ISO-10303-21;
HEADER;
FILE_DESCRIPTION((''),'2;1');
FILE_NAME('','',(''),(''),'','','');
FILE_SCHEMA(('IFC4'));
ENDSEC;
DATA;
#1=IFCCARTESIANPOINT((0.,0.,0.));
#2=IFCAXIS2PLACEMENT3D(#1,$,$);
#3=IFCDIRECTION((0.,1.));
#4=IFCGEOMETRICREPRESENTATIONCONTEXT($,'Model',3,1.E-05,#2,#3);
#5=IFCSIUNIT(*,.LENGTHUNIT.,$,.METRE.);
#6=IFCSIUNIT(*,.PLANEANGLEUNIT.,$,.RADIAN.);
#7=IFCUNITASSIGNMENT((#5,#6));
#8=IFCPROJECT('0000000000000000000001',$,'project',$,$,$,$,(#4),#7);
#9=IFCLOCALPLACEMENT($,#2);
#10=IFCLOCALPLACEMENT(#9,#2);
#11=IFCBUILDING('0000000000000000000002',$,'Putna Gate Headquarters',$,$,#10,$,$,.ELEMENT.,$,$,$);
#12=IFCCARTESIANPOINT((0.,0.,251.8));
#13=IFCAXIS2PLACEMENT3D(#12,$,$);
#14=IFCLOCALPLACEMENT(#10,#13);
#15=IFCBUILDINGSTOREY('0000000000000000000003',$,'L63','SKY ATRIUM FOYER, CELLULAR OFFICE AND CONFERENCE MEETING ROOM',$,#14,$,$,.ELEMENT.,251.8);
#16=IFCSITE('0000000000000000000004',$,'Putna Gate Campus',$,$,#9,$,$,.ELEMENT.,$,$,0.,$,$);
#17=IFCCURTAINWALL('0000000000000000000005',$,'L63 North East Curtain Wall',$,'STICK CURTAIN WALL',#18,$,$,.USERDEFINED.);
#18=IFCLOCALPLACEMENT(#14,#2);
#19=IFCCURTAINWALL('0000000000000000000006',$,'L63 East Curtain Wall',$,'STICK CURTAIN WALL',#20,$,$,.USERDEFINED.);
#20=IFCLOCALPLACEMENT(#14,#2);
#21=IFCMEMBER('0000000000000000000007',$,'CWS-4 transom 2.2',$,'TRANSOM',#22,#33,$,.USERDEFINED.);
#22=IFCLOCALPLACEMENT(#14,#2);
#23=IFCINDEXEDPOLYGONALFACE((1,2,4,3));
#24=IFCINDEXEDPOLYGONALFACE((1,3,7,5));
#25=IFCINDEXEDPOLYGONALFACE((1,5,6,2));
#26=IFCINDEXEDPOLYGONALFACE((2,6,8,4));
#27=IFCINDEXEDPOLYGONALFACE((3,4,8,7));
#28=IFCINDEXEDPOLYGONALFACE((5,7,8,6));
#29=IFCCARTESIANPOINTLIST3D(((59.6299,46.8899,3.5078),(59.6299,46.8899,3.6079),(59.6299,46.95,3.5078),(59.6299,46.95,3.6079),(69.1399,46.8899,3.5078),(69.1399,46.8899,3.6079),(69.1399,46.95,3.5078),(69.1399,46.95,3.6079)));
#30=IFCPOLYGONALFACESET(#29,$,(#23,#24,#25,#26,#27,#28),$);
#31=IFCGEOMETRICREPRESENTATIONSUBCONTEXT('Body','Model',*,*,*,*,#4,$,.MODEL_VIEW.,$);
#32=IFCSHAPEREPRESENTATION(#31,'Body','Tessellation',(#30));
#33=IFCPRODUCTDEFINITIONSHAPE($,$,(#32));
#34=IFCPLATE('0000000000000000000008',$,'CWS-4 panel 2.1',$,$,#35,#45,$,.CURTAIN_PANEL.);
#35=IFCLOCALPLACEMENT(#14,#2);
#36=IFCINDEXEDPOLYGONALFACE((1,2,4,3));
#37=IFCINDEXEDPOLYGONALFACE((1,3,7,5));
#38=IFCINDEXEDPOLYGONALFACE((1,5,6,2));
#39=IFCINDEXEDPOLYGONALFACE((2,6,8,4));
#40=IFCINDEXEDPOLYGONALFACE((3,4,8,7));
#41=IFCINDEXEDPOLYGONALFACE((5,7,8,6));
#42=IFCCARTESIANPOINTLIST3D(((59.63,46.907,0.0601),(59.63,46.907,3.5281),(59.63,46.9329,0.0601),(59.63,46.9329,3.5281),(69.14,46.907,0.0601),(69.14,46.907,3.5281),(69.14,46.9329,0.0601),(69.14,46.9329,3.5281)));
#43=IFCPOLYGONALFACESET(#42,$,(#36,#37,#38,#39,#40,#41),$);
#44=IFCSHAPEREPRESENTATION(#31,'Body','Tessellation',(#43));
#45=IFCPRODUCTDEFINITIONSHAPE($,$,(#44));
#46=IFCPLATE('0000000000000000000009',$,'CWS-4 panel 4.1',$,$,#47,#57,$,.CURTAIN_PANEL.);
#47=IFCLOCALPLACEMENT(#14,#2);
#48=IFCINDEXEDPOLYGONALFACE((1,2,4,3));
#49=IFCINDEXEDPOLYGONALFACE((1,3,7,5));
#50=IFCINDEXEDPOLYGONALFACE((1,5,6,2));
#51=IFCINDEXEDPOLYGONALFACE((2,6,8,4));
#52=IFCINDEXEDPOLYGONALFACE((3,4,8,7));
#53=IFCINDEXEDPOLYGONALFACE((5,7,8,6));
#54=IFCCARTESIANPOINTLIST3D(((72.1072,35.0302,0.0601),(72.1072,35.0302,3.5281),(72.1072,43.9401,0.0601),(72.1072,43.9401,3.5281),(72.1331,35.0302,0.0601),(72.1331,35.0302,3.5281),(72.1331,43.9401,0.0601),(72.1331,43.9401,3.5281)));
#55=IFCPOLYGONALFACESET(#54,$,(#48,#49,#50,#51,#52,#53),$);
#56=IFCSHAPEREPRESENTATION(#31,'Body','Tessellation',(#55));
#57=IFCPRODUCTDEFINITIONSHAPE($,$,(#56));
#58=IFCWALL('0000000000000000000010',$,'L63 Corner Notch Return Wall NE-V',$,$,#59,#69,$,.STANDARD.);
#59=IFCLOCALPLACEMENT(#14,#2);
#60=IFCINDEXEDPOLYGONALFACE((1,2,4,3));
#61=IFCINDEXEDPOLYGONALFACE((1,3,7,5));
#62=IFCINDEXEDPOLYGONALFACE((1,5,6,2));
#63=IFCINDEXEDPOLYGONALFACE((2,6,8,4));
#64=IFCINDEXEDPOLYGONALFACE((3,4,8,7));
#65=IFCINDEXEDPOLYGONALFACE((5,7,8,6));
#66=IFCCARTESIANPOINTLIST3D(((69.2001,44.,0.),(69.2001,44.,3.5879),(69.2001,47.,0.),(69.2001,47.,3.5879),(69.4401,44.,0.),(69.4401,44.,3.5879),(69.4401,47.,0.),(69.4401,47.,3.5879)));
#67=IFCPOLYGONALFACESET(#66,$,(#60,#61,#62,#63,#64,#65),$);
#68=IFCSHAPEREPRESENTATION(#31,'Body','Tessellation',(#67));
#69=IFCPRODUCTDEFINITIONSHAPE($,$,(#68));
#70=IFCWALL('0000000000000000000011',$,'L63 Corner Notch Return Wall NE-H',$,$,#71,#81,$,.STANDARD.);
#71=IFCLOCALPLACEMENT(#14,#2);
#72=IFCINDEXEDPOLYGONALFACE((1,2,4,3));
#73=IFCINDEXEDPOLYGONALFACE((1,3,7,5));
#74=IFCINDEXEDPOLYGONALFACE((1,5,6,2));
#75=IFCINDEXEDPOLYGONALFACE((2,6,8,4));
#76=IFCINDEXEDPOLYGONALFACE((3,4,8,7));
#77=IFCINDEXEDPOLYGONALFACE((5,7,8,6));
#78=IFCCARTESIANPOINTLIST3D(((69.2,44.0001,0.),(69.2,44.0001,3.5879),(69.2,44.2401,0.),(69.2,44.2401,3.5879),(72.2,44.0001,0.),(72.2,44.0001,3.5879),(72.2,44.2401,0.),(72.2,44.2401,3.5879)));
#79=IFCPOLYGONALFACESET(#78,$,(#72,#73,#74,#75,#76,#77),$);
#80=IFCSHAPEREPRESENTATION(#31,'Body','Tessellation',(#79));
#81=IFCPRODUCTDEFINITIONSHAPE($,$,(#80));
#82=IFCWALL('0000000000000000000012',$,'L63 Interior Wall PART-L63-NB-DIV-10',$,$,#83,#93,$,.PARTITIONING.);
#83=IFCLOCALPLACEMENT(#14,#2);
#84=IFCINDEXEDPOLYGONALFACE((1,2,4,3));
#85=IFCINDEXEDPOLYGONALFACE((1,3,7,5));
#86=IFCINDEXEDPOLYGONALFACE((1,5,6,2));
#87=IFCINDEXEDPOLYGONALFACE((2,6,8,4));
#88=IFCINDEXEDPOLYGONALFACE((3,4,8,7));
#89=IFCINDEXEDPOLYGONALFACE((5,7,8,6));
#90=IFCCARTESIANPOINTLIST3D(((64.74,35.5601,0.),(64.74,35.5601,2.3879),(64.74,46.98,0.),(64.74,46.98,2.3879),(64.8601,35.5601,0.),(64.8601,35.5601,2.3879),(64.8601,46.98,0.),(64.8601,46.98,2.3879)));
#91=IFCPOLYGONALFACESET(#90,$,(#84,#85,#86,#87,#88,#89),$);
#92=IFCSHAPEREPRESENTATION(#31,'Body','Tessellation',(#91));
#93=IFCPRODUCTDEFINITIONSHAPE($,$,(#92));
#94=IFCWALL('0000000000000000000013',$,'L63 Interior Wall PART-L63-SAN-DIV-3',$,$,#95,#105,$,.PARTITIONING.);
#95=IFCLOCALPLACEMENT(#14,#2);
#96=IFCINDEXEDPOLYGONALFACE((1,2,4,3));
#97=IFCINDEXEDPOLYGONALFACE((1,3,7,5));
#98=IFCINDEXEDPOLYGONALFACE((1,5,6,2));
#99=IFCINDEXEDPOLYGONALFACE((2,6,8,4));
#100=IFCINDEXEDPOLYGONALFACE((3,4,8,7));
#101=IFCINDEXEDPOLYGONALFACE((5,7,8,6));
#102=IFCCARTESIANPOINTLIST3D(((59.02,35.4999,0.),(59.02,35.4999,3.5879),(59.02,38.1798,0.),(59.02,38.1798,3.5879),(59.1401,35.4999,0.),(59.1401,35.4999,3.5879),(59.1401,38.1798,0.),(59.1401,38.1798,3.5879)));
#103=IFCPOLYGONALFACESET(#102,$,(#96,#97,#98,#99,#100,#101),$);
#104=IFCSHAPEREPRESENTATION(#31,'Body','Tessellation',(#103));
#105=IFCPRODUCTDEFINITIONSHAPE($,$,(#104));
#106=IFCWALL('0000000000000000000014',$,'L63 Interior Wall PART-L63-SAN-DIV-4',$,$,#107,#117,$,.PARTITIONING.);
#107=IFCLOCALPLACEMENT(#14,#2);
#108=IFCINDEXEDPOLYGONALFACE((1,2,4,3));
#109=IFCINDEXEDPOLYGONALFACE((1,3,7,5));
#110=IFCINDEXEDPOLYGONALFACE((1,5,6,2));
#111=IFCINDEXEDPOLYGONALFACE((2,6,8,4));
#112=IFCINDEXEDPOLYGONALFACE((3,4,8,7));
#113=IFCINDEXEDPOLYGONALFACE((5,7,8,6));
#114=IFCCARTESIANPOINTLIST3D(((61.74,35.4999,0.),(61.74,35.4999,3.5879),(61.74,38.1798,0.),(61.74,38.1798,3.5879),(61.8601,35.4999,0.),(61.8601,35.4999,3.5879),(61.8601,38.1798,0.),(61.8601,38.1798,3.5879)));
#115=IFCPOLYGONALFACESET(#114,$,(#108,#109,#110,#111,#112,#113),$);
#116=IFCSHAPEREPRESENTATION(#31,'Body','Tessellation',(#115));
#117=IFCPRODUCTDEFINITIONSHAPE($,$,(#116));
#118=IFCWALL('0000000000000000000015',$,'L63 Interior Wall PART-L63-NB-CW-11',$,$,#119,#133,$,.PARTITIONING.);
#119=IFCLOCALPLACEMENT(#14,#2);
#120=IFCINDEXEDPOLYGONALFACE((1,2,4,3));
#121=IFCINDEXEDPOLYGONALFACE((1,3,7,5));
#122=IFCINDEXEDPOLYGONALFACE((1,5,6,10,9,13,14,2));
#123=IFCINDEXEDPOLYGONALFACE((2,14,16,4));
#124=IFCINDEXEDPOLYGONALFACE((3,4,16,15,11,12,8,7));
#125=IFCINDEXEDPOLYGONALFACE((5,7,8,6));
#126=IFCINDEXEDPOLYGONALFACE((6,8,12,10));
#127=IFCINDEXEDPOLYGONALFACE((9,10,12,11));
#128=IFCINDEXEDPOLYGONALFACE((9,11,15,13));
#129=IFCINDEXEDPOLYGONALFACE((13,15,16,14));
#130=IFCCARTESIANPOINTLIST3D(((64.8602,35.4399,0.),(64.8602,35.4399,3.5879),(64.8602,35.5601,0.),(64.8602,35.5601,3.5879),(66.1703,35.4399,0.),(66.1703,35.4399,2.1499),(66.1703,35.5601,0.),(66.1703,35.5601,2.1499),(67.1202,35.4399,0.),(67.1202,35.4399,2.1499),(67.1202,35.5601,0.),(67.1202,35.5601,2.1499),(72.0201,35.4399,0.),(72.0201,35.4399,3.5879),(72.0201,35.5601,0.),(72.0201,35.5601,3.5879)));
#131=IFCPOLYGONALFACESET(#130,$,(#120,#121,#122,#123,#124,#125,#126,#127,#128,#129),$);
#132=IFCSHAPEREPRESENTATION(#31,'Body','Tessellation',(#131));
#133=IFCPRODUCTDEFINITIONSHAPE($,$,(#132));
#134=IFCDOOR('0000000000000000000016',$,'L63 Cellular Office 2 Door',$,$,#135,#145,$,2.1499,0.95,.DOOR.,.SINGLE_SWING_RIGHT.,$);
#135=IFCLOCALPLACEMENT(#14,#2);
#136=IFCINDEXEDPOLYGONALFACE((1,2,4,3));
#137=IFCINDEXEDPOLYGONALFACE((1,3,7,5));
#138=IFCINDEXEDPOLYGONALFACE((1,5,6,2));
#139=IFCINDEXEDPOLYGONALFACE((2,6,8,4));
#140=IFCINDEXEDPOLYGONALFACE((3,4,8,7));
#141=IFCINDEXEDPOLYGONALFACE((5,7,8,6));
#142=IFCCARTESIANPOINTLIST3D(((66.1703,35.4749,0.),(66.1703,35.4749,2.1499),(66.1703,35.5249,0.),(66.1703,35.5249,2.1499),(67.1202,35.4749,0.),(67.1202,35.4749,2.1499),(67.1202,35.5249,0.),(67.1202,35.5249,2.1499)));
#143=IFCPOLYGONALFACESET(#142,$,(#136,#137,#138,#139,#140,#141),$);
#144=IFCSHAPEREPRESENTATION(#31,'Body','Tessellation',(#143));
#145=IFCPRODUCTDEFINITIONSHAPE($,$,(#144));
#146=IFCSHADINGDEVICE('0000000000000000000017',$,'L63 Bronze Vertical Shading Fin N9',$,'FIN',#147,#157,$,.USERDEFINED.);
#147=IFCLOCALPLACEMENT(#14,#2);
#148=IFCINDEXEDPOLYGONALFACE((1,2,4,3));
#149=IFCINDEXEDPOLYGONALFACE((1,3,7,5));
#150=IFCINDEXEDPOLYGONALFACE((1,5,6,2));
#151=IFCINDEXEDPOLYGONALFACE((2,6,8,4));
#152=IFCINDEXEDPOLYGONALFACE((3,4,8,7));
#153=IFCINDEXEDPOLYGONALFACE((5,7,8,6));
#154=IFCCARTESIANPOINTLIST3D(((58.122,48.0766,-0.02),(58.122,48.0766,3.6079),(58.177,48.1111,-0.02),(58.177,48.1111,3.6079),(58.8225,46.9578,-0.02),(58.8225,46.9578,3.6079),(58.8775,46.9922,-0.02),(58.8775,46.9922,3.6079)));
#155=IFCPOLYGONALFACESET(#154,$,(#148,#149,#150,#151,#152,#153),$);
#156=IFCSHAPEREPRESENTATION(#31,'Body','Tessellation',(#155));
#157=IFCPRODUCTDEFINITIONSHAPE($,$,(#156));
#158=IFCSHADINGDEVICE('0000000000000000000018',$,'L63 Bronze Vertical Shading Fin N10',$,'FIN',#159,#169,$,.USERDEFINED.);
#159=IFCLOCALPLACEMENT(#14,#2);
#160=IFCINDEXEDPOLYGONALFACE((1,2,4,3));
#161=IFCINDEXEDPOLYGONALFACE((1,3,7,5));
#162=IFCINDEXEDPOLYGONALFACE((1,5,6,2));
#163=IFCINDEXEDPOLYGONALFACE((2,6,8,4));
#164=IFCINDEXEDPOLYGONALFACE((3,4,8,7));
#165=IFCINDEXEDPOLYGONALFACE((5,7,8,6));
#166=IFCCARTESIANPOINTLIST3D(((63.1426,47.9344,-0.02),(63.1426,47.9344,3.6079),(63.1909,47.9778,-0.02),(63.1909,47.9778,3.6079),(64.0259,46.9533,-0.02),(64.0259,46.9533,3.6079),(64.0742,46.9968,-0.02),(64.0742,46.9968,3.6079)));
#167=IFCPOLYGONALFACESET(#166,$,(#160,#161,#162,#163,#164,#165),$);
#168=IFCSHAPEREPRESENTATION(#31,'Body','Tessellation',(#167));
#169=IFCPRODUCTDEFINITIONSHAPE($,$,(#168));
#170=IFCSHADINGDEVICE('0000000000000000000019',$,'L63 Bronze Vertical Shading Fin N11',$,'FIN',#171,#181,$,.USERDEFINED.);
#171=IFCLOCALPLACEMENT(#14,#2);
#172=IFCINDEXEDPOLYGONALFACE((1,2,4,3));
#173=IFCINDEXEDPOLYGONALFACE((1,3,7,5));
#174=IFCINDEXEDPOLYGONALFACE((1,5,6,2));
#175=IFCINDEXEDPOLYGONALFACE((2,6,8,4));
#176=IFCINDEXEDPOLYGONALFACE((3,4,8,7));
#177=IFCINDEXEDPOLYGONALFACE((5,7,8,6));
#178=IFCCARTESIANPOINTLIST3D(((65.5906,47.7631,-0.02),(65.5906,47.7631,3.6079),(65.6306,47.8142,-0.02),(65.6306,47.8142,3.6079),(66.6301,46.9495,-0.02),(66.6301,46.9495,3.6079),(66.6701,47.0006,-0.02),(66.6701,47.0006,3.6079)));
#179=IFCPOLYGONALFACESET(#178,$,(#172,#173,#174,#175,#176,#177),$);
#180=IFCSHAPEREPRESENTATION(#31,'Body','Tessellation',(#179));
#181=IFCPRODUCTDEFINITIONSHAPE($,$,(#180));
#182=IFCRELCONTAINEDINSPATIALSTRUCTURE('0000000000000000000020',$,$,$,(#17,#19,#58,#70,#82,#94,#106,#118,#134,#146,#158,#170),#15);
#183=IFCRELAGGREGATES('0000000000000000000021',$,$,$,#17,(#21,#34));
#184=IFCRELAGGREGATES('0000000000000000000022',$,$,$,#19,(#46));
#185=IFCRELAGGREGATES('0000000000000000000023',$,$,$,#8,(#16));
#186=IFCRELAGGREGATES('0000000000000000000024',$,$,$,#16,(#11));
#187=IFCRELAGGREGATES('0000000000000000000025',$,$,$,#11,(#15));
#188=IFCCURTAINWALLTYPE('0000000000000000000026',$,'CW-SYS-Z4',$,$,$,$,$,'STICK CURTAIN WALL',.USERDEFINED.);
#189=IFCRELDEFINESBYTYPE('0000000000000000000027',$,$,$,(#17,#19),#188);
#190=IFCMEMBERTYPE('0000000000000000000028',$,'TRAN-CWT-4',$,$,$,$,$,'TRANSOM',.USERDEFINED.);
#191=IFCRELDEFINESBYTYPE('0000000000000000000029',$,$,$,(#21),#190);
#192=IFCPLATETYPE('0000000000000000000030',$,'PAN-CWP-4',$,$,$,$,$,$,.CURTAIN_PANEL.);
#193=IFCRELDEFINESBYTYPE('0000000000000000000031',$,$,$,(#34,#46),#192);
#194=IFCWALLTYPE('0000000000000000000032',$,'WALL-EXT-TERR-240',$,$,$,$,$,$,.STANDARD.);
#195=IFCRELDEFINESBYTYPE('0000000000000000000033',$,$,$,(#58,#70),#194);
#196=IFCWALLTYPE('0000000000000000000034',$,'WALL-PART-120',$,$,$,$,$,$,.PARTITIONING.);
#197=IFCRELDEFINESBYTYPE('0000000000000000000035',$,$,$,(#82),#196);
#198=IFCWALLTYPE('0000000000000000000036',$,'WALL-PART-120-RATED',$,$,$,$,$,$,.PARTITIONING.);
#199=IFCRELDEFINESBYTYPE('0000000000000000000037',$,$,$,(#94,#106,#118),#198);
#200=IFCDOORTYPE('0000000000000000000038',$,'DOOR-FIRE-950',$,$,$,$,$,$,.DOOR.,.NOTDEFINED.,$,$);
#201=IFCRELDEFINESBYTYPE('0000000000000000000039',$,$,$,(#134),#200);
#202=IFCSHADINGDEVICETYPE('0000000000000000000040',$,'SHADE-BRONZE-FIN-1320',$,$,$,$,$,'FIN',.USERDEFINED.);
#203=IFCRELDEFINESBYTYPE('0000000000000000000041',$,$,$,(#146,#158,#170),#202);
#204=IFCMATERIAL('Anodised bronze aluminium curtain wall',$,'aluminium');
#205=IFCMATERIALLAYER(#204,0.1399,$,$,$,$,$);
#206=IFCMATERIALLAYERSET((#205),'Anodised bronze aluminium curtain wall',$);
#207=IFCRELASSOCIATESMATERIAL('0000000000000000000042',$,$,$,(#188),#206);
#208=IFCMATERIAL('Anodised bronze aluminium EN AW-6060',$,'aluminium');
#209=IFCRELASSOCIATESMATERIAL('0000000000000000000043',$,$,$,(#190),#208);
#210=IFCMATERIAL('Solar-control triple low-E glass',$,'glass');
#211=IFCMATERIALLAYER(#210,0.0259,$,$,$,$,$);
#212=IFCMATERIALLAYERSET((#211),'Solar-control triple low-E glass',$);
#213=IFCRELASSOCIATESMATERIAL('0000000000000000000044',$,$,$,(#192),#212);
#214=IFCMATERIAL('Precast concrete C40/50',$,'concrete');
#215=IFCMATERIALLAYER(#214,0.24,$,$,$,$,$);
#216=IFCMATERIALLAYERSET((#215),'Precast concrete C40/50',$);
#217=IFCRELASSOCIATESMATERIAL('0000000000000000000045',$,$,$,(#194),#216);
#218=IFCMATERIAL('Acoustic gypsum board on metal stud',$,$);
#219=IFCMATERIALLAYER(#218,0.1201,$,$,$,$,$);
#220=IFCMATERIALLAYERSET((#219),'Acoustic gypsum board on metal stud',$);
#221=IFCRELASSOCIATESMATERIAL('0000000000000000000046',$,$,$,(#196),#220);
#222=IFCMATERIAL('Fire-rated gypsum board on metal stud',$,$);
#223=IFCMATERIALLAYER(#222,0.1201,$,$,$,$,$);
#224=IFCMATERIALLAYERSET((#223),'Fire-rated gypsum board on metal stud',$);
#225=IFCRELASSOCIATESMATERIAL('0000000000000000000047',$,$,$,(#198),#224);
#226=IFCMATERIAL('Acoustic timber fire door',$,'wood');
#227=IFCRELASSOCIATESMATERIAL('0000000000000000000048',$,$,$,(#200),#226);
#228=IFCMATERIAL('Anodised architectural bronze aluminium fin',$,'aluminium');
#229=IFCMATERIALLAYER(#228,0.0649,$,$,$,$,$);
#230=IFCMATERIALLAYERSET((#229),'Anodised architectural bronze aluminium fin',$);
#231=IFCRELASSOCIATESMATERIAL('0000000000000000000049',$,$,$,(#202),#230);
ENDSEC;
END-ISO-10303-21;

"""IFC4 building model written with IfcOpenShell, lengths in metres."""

from ifc_helpers import new_model, si_unit, direction, frame, frame_2d, origin, origin_2d, place, context, subcontext, project, spatial, rectangle, extrude, material, layer, layer_set, material_profile, profile_set, type_object, element, fill, aggregate, save


model = new_model("IFC4")

# Units and contexts
model_context = context("Model", 3, precision=1e-05, world=origin(), true_north=direction((0.0, 1.0)))
body_context = subcontext(model_context, "Body", "Model", "MODEL_VIEW")
ifc_project = project(units=[si_unit("LENGTHUNIT", "METRE"), si_unit("PLANEANGLEUNIT", "RADIAN")], contexts=[model_context])

# Site, building, storey
site_placement = place(None, origin())
site = spatial("IfcSite", under=ifc_project, at=site_placement, Name="Putna Gate Campus", CompositionType="ELEMENT", RefElevation=0.0)
building_placement = place(site_placement, origin())
building = spatial("IfcBuilding", under=site, at=building_placement, Name="Putna Gate Headquarters", CompositionType="ELEMENT")
storey_placement = place(building_placement, frame((0.0, 0.0, 251.8)))
storey = spatial("IfcBuildingStorey", under=building, at=storey_placement, Name="L63", Description="SKY ATRIUM FOYER, CELLULAR OFFICE AND CONFERENCE MEETING ROOM", CompositionType="ELEMENT", Elevation=251.8)

# Curtain wall
ifc_material_1 = material(Name="Anodised bronze aluminium curtain wall", Category="aluminium")
ifc_layer_1 = layer(ifc_material_1, 0.1399)
ifc_layer_set_1 = layer_set([ifc_layer_1], Name="Anodised bronze aluminium curtain wall")
curtain_wall_type = type_object("IfcCurtainWallType", Name="CW-SYS-Z4", ElementType="STICK CURTAIN WALL", PredefinedType="USERDEFINED", material=ifc_layer_set_1)
curtain_wall_1_placement = place(storey_placement, origin())
curtain_wall_1 = element("IfcCurtainWall", 1, at=curtain_wall_1_placement, inside=storey, type_object=curtain_wall_type, Name="L63 North East Curtain Wall", ObjectType="STICK CURTAIN WALL", PredefinedType="USERDEFINED")
ifc_material_2 = material(Name="Anodised bronze aluminium EN AW-6060", Category="aluminium")

# Curtain wall
curtain_wall_2_placement = place(storey_placement, origin())
curtain_wall_2 = element("IfcCurtainWall", 2, at=curtain_wall_2_placement, inside=storey, type_object=curtain_wall_type, Name="L63 East Curtain Wall", ObjectType="STICK CURTAIN WALL", PredefinedType="USERDEFINED")

# Member
ifc_material_profile_1 = material_profile(ifc_material_2, rectangle(XDim=0.0601, YDim=0.1001, at=origin_2d()), Name="Anodised bronze aluminium EN AW-6060")
ifc_profile_set_1 = profile_set([ifc_material_profile_1], Name="Anodised bronze aluminium EN AW-6060")
member_type_1 = type_object("IfcMemberType", Name="TRAN-CWT-4", ElementType="TRANSOM", PredefinedType="USERDEFINED", material=ifc_profile_set_1)
member_1_placement = place(storey_placement, frame((59.6299, 46.9199, 3.5579), z_axis=(1.0, 0.0, 0.0), x_axis=(0.0, 1.0, 0.0)))
member_1 = element("IfcMember", 3, at=member_1_placement, type_object=member_type_1, Name="CWS-4 transom 2.2", ObjectType="TRANSOM", PredefinedType="USERDEFINED", context=body_context, shape_type="SweptSolid", body=[
    extrude(rectangle(XDim=0.0601, YDim=0.1001, at=origin_2d()), origin(), (0.0, 0.0, 1.0), 9.51),
])

# Plates
ifc_material_3 = material(Name="Solar-control triple low-E glass", Category="glass")
ifc_layer_2 = layer(ifc_material_3, 0.0259)
ifc_layer_set_2 = layer_set([ifc_layer_2], Name="Solar-control triple low-E glass")
plate_type = type_object("IfcPlateType", Name="PAN-CWP-4", PredefinedType="CURTAIN_PANEL", material=ifc_layer_set_2)
plate_1_placement = place(storey_placement, frame((64.385, 46.9199, 0.0601), z_axis=(0.0, 0.0, 1.0), x_axis=(1.0, 0.0, 0.0)))
plate_1 = element("IfcPlate", 4, at=plate_1_placement, type_object=plate_type, Name="CWS-4 panel 2.1", PredefinedType="CURTAIN_PANEL", context=body_context, shape_type="SweptSolid", body=[
    extrude(rectangle(XDim=9.51, YDim=0.0259, at=origin_2d()), origin(), (0.0, 0.0, 1.0), 3.468),
])
aggregate(curtain_wall_1, [member_1, plate_1])
plate_2_placement = place(storey_placement, frame((72.1201, 39.4851, 0.0601), z_axis=(0.0, 0.0, 1.0), x_axis=(0.0, 1.0, 0.0)))
plate_2 = element("IfcPlate", 5, at=plate_2_placement, type_object=plate_type, Name="CWS-4 panel 4.1", PredefinedType="CURTAIN_PANEL", context=body_context, shape_type="SweptSolid", body=[
    extrude(rectangle(XDim=8.9099, YDim=0.0259, at=origin_2d()), origin(), (0.0, 0.0, 1.0), 3.468),
])
aggregate(curtain_wall_2, [plate_2])

# Walls
ifc_material_4 = material(Name="Precast concrete C40/50", Category="concrete")
ifc_layer_3 = layer(ifc_material_4, 0.24)
ifc_layer_set_3 = layer_set([ifc_layer_3], Name="Precast concrete C40/50")
wall_type_1 = type_object("IfcWallType", Name="WALL-EXT-TERR-240", PredefinedType="STANDARD", material=ifc_layer_set_3)
for number, where, z_axis, x_axis, name in (
    (6, (69.3201, 47.0, 0.0), (0.0, 0.0, 1.0), (0.0, -1.0, 0.0), "L63 Corner Notch Return Wall NE-V"),
    (7, (69.2, 44.1201, 0.0), (0.0, 0.0, 1.0), (1.0, 0.0, 0.0), "L63 Corner Notch Return Wall NE-H"),
):
    element("IfcWall", number, at=place(storey_placement, frame(where, z_axis=z_axis, x_axis=x_axis)), inside=storey, type_object=wall_type_1, Name=name, PredefinedType="STANDARD", context=body_context, shape_type="SweptSolid", body=[
        extrude(rectangle(XDim=3.0, YDim=0.24, at=frame_2d((1.5, 0.0))), origin(), (0.0, 0.0, 1.0), 3.5879),
    ])
ifc_material_5 = material(Name="Acoustic gypsum board on metal stud")
ifc_layer_4 = layer(ifc_material_5, 0.1201)
ifc_layer_set_4 = layer_set([ifc_layer_4], Name="Acoustic gypsum board on metal stud")
wall_type_2 = type_object("IfcWallType", Name="WALL-PART-120", PredefinedType="PARTITIONING", material=ifc_layer_set_4)
wall_1_placement = place(storey_placement, frame((64.8, 35.5601, 0.0), z_axis=(0.0, 0.0, 1.0), x_axis=(0.0, 1.0, 0.0)))
element("IfcWall", 8, at=wall_1_placement, inside=storey, type_object=wall_type_2, Name="L63 Interior Wall PART-L63-NB-DIV-10", PredefinedType="PARTITIONING", context=body_context, shape_type="SweptSolid", body=[
    extrude(rectangle(XDim=11.4199, YDim=0.1201, at=frame_2d((5.71, 0.0))), origin(), (0.0, 0.0, 1.0), 2.3879),
])
ifc_material_6 = material(Name="Fire-rated gypsum board on metal stud")
ifc_layer_5 = layer(ifc_material_6, 0.1201)
ifc_layer_set_5 = layer_set([ifc_layer_5], Name="Fire-rated gypsum board on metal stud")
wall_type_3 = type_object("IfcWallType", Name="WALL-PART-120-RATED", PredefinedType="PARTITIONING", material=ifc_layer_set_5)
for number, where, z_axis, x_axis, name in (
    (9, (59.0801, 35.5, 0.0), (0.0, 0.0, 1.0), (0.0, 1.0, 0.0), "L63 Interior Wall PART-L63-SAN-DIV-3"),
    (10, (61.8, 35.5, 0.0), (0.0, 0.0, 1.0), (0.0, 1.0, 0.0), "L63 Interior Wall PART-L63-SAN-DIV-4"),
):
    element("IfcWall", number, at=place(storey_placement, frame(where, z_axis=z_axis, x_axis=x_axis)), inside=storey, type_object=wall_type_3, Name=name, PredefinedType="PARTITIONING", context=body_context, shape_type="SweptSolid", body=[
        extrude(rectangle(XDim=2.6799, YDim=0.1201, at=frame_2d((1.3398, 0.0))), origin(), (0.0, 0.0, 1.0), 3.5879),
    ])

# Wall, opening, door
wall_2_placement = place(storey_placement, frame((64.8601, 35.5, 0.0), z_axis=(0.0, 0.0, 1.0), x_axis=(1.0, 0.0, 0.0)))
wall_2 = element("IfcWall", 11, at=wall_2_placement, inside=storey, type_object=wall_type_3, Name="L63 Interior Wall PART-L63-NB-CW-11", PredefinedType="PARTITIONING", context=body_context, shape_type="SweptSolid", body=[
    extrude(rectangle(XDim=7.1599, YDim=0.1201, at=frame_2d((3.5801, 0.0))), origin(), (0.0, 0.0, 1.0), 3.5879),
])
opening_placement = place(wall_2_placement, frame((1.3101, 0.0, 0.0)))
opening = element("IfcOpeningElement", 12, at=opening_placement, cuts=wall_2, PredefinedType="OPENING", context=body_context, shape_type="SweptSolid", body=[
    extrude(rectangle(XDim=0.95, YDim=2.1499, at=frame_2d((0.4751, 1.075))), frame((0.0, 0.0701, 0.0), z_axis=(0.0, -1.0, 0.0), x_axis=(1.0, 0.0, 0.0)), (0.0, 0.0, 1.0), 0.1401),
])
ifc_material_7 = material(Name="Acoustic timber fire door", Category="wood")
door_type = type_object("IfcDoorType", Name="DOOR-FIRE-950", OperationType="NOTDEFINED", PredefinedType="DOOR", material=ifc_material_7)
door_placement = place(opening_placement, origin())
door = element("IfcDoor", 13, at=door_placement, inside=storey, type_object=door_type, Name="L63 Cellular Office 2 Door", OperationType="SINGLE_SWING_RIGHT", OverallHeight=2.1499, OverallWidth=0.95, PredefinedType="DOOR", context=body_context, shape_type="SweptSolid", body=[
    extrude(rectangle(XDim=0.95, YDim=2.1499, at=frame_2d((0.4751, 1.075))), frame((0.0, 0.0249, 0.0), z_axis=(0.0, -1.0, 0.0), x_axis=(1.0, 0.0, 0.0)), (0.0, 0.0, 1.0), 0.05),
])
fill(opening, door)

# Shading devices
ifc_material_8 = material(Name="Anodised architectural bronze aluminium fin", Category="aluminium")
ifc_layer_6 = layer(ifc_material_8, 0.0649)
ifc_layer_set_6 = layer_set([ifc_layer_6], Name="Anodised architectural bronze aluminium fin")
shading_device_type = type_object("IfcShadingDeviceType", Name="SHADE-BRONZE-FIN-1320", ElementType="FIN", PredefinedType="USERDEFINED", material=ifc_layer_set_6)
for number, where, z_axis, x_axis, name in (
    (14, (58.4998, 47.5344, -0.02), (0.0, 0.0, 1.0), (-0.530659, 0.847585, 0.0), "L63 Bronze Vertical Shading Fin N9"),
    (15, (63.6084, 47.4656, -0.02), (0.0, 0.0, 1.0), (-0.669131, 0.743145, 0.0), "L63 Bronze Vertical Shading Fin N10"),
    (16, (66.1304, 47.3818, -0.02), (0.0, 0.0, 1.0), (-0.787473, 0.616349, 0.0), "L63 Bronze Vertical Shading Fin N11"),
):
    element("IfcShadingDevice", number, at=place(storey_placement, frame(where, z_axis=z_axis, x_axis=x_axis)), inside=storey, type_object=shading_device_type, Name=name, ObjectType="FIN", PredefinedType="USERDEFINED", context=body_context, shape_type="SweptSolid", body=[
        extrude(rectangle(XDim=1.3201, YDim=0.0649, at=origin_2d()), origin(), (0.0, 0.0, 1.0), 3.6279),
    ])

save(model, "model.ifc")
